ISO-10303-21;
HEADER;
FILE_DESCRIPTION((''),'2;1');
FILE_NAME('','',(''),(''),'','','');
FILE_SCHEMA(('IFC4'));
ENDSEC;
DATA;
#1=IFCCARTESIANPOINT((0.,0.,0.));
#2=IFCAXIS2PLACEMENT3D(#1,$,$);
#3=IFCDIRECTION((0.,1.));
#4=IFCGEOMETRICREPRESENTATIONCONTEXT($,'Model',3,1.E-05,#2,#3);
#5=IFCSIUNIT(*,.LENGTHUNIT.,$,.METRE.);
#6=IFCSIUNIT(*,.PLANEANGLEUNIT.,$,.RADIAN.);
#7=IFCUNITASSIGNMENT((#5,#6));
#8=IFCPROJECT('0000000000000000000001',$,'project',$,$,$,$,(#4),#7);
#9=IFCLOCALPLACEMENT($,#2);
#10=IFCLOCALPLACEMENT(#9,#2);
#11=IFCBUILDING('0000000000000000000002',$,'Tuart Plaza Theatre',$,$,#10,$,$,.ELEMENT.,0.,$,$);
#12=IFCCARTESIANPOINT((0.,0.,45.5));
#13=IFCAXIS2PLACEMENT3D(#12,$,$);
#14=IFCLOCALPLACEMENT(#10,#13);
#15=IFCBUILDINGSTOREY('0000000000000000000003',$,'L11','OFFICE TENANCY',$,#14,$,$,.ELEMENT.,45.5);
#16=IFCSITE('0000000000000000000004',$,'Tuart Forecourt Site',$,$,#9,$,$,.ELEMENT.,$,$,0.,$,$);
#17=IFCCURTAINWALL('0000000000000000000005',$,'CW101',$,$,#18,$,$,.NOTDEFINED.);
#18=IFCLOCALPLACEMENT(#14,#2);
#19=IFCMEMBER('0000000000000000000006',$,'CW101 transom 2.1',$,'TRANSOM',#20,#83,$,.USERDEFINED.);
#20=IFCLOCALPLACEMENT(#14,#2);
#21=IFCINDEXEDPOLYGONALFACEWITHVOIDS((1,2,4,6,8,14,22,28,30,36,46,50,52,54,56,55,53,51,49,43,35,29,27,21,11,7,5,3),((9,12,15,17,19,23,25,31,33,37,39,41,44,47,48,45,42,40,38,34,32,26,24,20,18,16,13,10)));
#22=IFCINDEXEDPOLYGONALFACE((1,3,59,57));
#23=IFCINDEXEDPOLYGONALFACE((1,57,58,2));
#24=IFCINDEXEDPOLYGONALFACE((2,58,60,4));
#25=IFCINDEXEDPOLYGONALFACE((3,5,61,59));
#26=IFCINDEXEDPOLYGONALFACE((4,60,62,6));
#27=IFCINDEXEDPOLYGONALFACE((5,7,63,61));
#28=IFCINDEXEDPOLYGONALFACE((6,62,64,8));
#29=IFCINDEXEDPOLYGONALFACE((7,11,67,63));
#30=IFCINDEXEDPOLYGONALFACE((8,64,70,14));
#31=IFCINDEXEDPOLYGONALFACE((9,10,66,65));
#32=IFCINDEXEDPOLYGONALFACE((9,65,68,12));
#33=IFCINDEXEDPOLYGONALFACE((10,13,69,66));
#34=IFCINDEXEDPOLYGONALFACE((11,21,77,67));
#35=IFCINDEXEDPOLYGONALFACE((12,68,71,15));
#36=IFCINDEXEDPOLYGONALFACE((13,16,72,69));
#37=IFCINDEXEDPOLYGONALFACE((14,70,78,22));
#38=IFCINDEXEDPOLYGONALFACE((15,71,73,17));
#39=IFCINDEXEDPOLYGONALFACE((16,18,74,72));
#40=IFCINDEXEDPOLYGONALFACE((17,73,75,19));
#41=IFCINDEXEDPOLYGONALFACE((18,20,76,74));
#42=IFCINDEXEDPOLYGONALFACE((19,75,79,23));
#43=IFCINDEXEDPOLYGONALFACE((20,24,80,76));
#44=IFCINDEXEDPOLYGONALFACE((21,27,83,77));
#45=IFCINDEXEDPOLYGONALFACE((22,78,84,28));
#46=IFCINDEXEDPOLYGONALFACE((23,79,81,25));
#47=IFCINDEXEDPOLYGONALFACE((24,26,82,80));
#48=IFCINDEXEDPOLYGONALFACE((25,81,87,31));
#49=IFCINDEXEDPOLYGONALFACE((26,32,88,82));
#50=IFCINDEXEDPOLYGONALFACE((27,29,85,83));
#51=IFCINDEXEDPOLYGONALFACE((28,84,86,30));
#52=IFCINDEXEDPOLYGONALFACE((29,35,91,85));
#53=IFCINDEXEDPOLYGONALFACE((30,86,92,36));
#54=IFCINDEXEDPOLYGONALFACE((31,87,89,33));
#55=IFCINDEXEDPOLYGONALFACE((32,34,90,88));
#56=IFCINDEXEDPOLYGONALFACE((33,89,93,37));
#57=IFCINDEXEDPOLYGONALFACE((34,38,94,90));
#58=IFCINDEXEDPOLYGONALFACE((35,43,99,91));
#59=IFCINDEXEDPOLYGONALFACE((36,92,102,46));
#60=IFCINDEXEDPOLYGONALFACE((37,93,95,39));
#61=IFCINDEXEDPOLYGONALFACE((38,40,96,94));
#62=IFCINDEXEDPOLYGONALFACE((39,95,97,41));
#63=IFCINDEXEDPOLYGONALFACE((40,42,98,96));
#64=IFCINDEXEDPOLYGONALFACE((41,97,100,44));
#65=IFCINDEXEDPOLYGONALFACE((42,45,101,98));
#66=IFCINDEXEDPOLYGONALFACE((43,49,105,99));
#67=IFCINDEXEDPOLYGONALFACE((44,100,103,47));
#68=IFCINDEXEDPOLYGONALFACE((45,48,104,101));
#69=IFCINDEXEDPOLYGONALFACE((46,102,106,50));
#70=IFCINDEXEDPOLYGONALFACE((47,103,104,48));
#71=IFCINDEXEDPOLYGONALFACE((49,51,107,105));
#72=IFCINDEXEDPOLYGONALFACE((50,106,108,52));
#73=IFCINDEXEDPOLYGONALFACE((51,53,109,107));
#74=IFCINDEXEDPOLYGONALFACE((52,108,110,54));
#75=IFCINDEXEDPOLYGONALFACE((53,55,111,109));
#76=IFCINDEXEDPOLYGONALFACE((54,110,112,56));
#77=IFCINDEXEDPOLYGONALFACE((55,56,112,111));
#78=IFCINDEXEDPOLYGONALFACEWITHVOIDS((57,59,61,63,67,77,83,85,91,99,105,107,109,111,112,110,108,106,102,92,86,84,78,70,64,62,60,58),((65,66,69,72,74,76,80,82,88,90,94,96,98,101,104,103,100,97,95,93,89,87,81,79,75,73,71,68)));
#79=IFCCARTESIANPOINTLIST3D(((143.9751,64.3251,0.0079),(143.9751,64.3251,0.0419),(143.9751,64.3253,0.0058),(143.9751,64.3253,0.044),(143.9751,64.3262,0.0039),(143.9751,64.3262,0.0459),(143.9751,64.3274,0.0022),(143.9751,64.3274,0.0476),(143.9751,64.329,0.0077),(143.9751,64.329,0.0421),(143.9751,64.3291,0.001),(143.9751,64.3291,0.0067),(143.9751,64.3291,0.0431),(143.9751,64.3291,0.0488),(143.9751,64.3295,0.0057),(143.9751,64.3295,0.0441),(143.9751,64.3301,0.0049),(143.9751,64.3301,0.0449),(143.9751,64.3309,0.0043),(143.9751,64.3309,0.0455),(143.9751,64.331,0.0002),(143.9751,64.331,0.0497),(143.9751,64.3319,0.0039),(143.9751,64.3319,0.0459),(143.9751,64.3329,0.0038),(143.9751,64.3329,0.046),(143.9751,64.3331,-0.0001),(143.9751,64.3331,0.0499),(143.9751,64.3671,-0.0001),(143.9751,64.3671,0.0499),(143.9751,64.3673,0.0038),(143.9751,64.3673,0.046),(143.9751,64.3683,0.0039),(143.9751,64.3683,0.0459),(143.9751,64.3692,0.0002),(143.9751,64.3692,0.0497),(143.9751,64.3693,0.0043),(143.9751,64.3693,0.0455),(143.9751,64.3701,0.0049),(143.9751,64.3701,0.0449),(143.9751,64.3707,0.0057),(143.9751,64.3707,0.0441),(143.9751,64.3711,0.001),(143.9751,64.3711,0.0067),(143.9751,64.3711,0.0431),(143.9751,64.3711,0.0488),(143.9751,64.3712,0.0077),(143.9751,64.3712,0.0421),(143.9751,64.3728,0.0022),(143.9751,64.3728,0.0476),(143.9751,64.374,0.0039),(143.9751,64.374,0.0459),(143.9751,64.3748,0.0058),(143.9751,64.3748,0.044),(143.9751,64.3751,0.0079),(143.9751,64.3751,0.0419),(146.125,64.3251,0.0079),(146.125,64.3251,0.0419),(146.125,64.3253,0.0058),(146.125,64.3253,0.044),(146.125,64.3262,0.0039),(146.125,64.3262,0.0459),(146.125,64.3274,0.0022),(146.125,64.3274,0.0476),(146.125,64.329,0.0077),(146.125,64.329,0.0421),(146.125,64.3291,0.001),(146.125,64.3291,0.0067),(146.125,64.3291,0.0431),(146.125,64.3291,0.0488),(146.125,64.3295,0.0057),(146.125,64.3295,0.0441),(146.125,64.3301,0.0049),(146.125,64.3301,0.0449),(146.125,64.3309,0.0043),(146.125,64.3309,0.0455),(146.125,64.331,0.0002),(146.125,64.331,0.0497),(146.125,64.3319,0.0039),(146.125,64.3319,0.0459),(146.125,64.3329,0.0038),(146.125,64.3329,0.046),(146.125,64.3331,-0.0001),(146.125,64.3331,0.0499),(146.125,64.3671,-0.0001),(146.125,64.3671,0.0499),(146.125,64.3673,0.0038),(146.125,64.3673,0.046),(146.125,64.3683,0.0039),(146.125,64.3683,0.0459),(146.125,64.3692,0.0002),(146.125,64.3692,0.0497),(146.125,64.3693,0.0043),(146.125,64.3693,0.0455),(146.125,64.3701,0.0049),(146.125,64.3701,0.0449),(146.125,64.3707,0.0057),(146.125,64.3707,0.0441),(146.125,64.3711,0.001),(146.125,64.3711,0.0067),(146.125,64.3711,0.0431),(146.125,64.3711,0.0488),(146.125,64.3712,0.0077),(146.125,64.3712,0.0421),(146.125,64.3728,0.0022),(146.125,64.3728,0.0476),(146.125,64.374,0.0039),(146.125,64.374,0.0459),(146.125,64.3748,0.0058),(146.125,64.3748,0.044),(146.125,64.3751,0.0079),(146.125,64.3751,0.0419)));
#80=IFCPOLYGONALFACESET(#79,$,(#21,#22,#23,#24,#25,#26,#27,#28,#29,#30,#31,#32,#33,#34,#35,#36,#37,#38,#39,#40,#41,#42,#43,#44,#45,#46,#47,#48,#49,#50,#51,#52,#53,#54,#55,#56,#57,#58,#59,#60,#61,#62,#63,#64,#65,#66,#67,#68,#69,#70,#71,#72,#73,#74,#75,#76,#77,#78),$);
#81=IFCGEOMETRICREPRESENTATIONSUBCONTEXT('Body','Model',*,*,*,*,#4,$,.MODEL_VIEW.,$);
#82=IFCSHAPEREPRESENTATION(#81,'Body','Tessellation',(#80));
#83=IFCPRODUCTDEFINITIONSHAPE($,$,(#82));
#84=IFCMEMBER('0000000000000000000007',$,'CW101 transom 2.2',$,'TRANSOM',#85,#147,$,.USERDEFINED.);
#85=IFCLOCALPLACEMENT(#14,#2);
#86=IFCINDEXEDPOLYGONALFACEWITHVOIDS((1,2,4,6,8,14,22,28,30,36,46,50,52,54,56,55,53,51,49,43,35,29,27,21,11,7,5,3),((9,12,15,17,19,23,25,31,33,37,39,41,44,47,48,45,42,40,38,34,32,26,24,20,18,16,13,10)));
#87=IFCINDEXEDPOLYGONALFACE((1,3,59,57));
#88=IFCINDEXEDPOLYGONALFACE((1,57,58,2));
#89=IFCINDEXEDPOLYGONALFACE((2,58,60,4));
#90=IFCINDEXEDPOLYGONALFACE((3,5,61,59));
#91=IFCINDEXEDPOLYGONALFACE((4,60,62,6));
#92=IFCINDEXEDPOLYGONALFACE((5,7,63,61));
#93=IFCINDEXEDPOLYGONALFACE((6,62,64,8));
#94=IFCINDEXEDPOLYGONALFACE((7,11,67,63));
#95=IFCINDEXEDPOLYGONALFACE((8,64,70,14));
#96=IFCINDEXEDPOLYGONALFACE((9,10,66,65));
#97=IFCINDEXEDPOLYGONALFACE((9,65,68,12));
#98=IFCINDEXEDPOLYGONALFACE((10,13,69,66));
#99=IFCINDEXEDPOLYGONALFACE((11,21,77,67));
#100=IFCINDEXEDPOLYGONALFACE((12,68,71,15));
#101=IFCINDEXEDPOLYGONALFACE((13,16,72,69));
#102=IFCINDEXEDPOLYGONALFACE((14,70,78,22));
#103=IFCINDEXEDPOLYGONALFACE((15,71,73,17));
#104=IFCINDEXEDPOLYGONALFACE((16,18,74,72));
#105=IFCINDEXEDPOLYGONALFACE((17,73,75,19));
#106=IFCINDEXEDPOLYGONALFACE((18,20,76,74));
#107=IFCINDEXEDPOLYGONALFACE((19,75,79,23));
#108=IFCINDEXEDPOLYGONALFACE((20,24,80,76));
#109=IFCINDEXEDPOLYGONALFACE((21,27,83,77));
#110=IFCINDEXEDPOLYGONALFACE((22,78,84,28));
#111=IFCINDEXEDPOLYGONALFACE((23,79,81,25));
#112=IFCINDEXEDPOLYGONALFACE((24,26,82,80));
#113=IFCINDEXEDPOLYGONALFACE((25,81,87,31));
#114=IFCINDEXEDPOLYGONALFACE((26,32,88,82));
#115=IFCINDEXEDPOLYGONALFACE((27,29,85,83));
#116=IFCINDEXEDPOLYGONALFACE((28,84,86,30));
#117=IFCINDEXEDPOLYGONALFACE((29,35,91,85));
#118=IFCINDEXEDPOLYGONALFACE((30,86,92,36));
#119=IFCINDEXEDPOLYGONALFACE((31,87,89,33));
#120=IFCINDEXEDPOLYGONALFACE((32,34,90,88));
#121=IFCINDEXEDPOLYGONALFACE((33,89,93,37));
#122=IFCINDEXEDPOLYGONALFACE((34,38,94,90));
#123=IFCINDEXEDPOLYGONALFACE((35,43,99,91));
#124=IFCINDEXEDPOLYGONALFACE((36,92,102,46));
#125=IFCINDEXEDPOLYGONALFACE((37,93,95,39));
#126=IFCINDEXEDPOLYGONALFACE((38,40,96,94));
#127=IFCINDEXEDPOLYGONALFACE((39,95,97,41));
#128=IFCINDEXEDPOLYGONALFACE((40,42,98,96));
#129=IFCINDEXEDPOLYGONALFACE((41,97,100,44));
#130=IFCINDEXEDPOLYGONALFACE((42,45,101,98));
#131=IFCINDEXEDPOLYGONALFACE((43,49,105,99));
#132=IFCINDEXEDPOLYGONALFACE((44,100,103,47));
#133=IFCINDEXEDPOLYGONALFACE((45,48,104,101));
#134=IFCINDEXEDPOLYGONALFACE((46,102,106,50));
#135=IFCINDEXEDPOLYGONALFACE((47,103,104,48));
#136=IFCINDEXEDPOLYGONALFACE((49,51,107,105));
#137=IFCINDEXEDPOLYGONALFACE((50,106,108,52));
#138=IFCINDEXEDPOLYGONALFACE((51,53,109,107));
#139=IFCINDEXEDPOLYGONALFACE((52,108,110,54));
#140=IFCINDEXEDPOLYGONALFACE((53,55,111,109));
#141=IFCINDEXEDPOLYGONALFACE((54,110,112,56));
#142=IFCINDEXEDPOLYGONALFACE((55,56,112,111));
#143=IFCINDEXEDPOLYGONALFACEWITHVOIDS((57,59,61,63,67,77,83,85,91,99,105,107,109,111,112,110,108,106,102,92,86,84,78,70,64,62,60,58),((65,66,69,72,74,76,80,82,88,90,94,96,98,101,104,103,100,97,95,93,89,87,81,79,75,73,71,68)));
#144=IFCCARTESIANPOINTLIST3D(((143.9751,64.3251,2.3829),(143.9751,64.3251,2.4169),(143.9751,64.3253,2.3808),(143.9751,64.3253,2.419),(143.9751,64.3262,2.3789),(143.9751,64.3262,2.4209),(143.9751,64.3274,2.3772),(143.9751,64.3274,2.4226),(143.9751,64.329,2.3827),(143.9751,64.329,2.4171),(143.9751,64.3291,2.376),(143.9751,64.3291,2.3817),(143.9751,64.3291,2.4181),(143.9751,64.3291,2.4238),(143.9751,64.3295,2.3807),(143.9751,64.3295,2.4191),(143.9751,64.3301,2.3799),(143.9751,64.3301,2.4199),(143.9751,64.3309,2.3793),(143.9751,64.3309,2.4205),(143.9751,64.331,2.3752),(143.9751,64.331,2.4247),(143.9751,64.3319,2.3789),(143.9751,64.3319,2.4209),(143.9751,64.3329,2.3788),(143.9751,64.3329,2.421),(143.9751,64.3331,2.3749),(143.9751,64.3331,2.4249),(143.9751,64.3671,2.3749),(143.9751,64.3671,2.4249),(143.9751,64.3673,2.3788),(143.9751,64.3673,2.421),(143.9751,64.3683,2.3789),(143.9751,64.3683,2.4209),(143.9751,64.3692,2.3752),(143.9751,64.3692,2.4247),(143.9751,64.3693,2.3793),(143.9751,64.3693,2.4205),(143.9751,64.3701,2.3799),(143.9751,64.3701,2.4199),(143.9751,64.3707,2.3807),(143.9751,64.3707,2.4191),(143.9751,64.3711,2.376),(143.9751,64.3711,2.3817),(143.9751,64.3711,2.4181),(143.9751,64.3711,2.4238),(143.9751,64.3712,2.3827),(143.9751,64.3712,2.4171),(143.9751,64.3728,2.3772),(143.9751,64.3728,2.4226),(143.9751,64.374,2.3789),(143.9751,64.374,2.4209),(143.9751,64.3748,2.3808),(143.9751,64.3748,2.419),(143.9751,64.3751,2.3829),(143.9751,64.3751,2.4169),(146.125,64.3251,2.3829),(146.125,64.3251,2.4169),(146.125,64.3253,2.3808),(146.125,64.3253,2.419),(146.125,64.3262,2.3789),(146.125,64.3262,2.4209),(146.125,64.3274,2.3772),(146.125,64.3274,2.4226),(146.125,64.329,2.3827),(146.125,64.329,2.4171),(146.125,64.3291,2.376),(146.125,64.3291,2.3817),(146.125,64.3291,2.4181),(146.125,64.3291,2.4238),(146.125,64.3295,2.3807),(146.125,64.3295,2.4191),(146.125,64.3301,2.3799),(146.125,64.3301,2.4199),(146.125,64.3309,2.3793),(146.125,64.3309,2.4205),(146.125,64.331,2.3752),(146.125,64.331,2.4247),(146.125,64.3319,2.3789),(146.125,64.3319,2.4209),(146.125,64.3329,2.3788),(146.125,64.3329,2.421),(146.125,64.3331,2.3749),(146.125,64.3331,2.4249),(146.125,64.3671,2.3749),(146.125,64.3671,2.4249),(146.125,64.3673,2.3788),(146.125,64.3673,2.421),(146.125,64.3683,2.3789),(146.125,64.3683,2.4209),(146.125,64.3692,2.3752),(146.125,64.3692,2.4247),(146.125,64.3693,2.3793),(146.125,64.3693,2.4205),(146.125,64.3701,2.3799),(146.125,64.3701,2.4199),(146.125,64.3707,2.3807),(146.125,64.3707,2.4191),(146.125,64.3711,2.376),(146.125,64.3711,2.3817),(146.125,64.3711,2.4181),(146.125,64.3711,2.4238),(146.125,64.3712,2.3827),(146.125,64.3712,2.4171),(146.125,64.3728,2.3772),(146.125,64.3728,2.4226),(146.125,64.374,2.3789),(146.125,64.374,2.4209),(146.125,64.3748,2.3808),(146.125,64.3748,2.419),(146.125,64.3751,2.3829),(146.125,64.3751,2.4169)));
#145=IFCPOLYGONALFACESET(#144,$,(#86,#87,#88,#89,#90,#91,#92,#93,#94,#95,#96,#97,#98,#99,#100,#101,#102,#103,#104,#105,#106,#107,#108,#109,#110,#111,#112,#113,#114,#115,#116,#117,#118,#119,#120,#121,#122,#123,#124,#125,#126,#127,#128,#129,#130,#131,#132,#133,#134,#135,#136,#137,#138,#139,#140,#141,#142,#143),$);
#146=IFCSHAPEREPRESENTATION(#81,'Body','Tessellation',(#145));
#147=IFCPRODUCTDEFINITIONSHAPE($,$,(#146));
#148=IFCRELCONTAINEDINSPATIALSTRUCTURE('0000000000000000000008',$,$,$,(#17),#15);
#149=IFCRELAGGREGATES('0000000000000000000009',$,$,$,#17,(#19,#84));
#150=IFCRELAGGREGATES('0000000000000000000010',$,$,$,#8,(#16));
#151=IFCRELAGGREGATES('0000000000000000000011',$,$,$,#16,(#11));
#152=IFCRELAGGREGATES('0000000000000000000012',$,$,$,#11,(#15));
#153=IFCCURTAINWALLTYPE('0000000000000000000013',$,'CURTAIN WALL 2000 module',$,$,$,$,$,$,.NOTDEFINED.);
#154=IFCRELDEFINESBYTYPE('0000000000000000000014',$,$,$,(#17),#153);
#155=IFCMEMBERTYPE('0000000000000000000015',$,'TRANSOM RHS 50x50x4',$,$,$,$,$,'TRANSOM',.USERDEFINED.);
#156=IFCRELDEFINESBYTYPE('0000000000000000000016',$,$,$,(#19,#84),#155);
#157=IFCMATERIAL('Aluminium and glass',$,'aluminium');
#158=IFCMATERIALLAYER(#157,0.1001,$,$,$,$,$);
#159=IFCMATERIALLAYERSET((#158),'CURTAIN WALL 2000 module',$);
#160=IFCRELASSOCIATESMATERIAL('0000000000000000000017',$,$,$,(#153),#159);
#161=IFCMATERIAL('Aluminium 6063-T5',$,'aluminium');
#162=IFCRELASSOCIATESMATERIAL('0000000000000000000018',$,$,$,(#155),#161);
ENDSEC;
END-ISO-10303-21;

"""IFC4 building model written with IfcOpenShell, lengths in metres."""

from ifc_helpers import new_model, si_unit, direction, frame, origin, origin_2d, place, context, subcontext, project, spatial, hollow_rectangle, extrude, material, layer, layer_set, material_profile, profile_set, type_object, element, aggregate, save


model = new_model("IFC4")

# Units and contexts
model_context = context("Model", 3, precision=1e-05, world=origin(), true_north=direction((0.0, 1.0)))
body_context = subcontext(model_context, "Body", "Model", "MODEL_VIEW")
ifc_project = project(units=[si_unit("LENGTHUNIT", "METRE"), si_unit("PLANEANGLEUNIT", "RADIAN")], contexts=[model_context])

# Site, building, storey
site_placement = place(None, origin())
site = spatial("IfcSite", under=ifc_project, at=site_placement, Name="Tuart Forecourt Site", CompositionType="ELEMENT", RefElevation=0.0)
building_placement = place(site_placement, origin())
building = spatial("IfcBuilding", under=site, at=building_placement, Name="Tuart Plaza Theatre", CompositionType="ELEMENT", ElevationOfRefHeight=0.0)
storey_placement = place(building_placement, frame((0.0, 0.0, 45.5)))
storey = spatial("IfcBuildingStorey", under=building, at=storey_placement, Name="L11", Description="OFFICE TENANCY", CompositionType="ELEMENT", Elevation=45.5)

# Curtain wall
ifc_material_1 = material(Name="Aluminium and glass", Category="aluminium")
ifc_layer_1 = layer(ifc_material_1, 0.1001)
ifc_layer_set_1 = layer_set([ifc_layer_1], Name="CURTAIN WALL 2000 module")
curtain_wall_type = type_object("IfcCurtainWallType", Name="CURTAIN WALL 2000 module", PredefinedType="NOTDEFINED", material=ifc_layer_set_1)
curtain_wall_1_placement = place(storey_placement, origin())
curtain_wall_1 = element("IfcCurtainWall", 1, at=curtain_wall_1_placement, inside=storey, type_object=curtain_wall_type, Name="CW101", PredefinedType="NOTDEFINED")

# Members
ifc_material_2 = material(Name="Aluminium 6063-T5", Category="aluminium")
ifc_material_profile_1 = material_profile(ifc_material_2, hollow_rectangle(XDim=0.05, YDim=0.05, WallThickness=0.0039, InnerFilletRadius=0.0039, OuterFilletRadius=0.0081, at=origin_2d()), Name="RHS 50x50x4")
ifc_profile_set_1 = profile_set([ifc_material_profile_1], Name="Aluminium 6063-T5")
member_type_1 = type_object("IfcMemberType", Name="TRANSOM RHS 50x50x4", ElementType="TRANSOM", PredefinedType="USERDEFINED", material=ifc_profile_set_1)
member_1_placement = place(storey_placement, frame((143.9751, 64.3501, 0.0249), z_axis=(1.0, 0.0, 0.0), x_axis=(0.0, 1.0, 0.0)))
member_1 = element("IfcMember", 2, at=member_1_placement, type_object=member_type_1, Name="CW101 transom 2.1", ObjectType="TRANSOM", PredefinedType="USERDEFINED", context=body_context, shape_type="SweptSolid", body=[
    extrude(hollow_rectangle(XDim=0.05, YDim=0.05, WallThickness=0.0039, InnerFilletRadius=0.0039, OuterFilletRadius=0.0081, at=origin_2d()), origin(), (0.0, 0.0, 1.0), 2.1499),
])
member_2_placement = place(storey_placement, frame((143.9751, 64.3501, 2.3999), z_axis=(1.0, 0.0, 0.0), x_axis=(0.0, 1.0, 0.0)))
member_2 = element("IfcMember", 3, at=member_2_placement, type_object=member_type_1, Name="CW101 transom 2.2", ObjectType="TRANSOM", PredefinedType="USERDEFINED", context=body_context, shape_type="SweptSolid", body=[
    extrude(hollow_rectangle(XDim=0.05, YDim=0.05, WallThickness=0.0039, InnerFilletRadius=0.0039, OuterFilletRadius=0.0081, at=origin_2d()), origin(), (0.0, 0.0, 1.0), 2.1499),
])

aggregate(curtain_wall_1, [member_1, member_2])

save(model, "model.ifc")
